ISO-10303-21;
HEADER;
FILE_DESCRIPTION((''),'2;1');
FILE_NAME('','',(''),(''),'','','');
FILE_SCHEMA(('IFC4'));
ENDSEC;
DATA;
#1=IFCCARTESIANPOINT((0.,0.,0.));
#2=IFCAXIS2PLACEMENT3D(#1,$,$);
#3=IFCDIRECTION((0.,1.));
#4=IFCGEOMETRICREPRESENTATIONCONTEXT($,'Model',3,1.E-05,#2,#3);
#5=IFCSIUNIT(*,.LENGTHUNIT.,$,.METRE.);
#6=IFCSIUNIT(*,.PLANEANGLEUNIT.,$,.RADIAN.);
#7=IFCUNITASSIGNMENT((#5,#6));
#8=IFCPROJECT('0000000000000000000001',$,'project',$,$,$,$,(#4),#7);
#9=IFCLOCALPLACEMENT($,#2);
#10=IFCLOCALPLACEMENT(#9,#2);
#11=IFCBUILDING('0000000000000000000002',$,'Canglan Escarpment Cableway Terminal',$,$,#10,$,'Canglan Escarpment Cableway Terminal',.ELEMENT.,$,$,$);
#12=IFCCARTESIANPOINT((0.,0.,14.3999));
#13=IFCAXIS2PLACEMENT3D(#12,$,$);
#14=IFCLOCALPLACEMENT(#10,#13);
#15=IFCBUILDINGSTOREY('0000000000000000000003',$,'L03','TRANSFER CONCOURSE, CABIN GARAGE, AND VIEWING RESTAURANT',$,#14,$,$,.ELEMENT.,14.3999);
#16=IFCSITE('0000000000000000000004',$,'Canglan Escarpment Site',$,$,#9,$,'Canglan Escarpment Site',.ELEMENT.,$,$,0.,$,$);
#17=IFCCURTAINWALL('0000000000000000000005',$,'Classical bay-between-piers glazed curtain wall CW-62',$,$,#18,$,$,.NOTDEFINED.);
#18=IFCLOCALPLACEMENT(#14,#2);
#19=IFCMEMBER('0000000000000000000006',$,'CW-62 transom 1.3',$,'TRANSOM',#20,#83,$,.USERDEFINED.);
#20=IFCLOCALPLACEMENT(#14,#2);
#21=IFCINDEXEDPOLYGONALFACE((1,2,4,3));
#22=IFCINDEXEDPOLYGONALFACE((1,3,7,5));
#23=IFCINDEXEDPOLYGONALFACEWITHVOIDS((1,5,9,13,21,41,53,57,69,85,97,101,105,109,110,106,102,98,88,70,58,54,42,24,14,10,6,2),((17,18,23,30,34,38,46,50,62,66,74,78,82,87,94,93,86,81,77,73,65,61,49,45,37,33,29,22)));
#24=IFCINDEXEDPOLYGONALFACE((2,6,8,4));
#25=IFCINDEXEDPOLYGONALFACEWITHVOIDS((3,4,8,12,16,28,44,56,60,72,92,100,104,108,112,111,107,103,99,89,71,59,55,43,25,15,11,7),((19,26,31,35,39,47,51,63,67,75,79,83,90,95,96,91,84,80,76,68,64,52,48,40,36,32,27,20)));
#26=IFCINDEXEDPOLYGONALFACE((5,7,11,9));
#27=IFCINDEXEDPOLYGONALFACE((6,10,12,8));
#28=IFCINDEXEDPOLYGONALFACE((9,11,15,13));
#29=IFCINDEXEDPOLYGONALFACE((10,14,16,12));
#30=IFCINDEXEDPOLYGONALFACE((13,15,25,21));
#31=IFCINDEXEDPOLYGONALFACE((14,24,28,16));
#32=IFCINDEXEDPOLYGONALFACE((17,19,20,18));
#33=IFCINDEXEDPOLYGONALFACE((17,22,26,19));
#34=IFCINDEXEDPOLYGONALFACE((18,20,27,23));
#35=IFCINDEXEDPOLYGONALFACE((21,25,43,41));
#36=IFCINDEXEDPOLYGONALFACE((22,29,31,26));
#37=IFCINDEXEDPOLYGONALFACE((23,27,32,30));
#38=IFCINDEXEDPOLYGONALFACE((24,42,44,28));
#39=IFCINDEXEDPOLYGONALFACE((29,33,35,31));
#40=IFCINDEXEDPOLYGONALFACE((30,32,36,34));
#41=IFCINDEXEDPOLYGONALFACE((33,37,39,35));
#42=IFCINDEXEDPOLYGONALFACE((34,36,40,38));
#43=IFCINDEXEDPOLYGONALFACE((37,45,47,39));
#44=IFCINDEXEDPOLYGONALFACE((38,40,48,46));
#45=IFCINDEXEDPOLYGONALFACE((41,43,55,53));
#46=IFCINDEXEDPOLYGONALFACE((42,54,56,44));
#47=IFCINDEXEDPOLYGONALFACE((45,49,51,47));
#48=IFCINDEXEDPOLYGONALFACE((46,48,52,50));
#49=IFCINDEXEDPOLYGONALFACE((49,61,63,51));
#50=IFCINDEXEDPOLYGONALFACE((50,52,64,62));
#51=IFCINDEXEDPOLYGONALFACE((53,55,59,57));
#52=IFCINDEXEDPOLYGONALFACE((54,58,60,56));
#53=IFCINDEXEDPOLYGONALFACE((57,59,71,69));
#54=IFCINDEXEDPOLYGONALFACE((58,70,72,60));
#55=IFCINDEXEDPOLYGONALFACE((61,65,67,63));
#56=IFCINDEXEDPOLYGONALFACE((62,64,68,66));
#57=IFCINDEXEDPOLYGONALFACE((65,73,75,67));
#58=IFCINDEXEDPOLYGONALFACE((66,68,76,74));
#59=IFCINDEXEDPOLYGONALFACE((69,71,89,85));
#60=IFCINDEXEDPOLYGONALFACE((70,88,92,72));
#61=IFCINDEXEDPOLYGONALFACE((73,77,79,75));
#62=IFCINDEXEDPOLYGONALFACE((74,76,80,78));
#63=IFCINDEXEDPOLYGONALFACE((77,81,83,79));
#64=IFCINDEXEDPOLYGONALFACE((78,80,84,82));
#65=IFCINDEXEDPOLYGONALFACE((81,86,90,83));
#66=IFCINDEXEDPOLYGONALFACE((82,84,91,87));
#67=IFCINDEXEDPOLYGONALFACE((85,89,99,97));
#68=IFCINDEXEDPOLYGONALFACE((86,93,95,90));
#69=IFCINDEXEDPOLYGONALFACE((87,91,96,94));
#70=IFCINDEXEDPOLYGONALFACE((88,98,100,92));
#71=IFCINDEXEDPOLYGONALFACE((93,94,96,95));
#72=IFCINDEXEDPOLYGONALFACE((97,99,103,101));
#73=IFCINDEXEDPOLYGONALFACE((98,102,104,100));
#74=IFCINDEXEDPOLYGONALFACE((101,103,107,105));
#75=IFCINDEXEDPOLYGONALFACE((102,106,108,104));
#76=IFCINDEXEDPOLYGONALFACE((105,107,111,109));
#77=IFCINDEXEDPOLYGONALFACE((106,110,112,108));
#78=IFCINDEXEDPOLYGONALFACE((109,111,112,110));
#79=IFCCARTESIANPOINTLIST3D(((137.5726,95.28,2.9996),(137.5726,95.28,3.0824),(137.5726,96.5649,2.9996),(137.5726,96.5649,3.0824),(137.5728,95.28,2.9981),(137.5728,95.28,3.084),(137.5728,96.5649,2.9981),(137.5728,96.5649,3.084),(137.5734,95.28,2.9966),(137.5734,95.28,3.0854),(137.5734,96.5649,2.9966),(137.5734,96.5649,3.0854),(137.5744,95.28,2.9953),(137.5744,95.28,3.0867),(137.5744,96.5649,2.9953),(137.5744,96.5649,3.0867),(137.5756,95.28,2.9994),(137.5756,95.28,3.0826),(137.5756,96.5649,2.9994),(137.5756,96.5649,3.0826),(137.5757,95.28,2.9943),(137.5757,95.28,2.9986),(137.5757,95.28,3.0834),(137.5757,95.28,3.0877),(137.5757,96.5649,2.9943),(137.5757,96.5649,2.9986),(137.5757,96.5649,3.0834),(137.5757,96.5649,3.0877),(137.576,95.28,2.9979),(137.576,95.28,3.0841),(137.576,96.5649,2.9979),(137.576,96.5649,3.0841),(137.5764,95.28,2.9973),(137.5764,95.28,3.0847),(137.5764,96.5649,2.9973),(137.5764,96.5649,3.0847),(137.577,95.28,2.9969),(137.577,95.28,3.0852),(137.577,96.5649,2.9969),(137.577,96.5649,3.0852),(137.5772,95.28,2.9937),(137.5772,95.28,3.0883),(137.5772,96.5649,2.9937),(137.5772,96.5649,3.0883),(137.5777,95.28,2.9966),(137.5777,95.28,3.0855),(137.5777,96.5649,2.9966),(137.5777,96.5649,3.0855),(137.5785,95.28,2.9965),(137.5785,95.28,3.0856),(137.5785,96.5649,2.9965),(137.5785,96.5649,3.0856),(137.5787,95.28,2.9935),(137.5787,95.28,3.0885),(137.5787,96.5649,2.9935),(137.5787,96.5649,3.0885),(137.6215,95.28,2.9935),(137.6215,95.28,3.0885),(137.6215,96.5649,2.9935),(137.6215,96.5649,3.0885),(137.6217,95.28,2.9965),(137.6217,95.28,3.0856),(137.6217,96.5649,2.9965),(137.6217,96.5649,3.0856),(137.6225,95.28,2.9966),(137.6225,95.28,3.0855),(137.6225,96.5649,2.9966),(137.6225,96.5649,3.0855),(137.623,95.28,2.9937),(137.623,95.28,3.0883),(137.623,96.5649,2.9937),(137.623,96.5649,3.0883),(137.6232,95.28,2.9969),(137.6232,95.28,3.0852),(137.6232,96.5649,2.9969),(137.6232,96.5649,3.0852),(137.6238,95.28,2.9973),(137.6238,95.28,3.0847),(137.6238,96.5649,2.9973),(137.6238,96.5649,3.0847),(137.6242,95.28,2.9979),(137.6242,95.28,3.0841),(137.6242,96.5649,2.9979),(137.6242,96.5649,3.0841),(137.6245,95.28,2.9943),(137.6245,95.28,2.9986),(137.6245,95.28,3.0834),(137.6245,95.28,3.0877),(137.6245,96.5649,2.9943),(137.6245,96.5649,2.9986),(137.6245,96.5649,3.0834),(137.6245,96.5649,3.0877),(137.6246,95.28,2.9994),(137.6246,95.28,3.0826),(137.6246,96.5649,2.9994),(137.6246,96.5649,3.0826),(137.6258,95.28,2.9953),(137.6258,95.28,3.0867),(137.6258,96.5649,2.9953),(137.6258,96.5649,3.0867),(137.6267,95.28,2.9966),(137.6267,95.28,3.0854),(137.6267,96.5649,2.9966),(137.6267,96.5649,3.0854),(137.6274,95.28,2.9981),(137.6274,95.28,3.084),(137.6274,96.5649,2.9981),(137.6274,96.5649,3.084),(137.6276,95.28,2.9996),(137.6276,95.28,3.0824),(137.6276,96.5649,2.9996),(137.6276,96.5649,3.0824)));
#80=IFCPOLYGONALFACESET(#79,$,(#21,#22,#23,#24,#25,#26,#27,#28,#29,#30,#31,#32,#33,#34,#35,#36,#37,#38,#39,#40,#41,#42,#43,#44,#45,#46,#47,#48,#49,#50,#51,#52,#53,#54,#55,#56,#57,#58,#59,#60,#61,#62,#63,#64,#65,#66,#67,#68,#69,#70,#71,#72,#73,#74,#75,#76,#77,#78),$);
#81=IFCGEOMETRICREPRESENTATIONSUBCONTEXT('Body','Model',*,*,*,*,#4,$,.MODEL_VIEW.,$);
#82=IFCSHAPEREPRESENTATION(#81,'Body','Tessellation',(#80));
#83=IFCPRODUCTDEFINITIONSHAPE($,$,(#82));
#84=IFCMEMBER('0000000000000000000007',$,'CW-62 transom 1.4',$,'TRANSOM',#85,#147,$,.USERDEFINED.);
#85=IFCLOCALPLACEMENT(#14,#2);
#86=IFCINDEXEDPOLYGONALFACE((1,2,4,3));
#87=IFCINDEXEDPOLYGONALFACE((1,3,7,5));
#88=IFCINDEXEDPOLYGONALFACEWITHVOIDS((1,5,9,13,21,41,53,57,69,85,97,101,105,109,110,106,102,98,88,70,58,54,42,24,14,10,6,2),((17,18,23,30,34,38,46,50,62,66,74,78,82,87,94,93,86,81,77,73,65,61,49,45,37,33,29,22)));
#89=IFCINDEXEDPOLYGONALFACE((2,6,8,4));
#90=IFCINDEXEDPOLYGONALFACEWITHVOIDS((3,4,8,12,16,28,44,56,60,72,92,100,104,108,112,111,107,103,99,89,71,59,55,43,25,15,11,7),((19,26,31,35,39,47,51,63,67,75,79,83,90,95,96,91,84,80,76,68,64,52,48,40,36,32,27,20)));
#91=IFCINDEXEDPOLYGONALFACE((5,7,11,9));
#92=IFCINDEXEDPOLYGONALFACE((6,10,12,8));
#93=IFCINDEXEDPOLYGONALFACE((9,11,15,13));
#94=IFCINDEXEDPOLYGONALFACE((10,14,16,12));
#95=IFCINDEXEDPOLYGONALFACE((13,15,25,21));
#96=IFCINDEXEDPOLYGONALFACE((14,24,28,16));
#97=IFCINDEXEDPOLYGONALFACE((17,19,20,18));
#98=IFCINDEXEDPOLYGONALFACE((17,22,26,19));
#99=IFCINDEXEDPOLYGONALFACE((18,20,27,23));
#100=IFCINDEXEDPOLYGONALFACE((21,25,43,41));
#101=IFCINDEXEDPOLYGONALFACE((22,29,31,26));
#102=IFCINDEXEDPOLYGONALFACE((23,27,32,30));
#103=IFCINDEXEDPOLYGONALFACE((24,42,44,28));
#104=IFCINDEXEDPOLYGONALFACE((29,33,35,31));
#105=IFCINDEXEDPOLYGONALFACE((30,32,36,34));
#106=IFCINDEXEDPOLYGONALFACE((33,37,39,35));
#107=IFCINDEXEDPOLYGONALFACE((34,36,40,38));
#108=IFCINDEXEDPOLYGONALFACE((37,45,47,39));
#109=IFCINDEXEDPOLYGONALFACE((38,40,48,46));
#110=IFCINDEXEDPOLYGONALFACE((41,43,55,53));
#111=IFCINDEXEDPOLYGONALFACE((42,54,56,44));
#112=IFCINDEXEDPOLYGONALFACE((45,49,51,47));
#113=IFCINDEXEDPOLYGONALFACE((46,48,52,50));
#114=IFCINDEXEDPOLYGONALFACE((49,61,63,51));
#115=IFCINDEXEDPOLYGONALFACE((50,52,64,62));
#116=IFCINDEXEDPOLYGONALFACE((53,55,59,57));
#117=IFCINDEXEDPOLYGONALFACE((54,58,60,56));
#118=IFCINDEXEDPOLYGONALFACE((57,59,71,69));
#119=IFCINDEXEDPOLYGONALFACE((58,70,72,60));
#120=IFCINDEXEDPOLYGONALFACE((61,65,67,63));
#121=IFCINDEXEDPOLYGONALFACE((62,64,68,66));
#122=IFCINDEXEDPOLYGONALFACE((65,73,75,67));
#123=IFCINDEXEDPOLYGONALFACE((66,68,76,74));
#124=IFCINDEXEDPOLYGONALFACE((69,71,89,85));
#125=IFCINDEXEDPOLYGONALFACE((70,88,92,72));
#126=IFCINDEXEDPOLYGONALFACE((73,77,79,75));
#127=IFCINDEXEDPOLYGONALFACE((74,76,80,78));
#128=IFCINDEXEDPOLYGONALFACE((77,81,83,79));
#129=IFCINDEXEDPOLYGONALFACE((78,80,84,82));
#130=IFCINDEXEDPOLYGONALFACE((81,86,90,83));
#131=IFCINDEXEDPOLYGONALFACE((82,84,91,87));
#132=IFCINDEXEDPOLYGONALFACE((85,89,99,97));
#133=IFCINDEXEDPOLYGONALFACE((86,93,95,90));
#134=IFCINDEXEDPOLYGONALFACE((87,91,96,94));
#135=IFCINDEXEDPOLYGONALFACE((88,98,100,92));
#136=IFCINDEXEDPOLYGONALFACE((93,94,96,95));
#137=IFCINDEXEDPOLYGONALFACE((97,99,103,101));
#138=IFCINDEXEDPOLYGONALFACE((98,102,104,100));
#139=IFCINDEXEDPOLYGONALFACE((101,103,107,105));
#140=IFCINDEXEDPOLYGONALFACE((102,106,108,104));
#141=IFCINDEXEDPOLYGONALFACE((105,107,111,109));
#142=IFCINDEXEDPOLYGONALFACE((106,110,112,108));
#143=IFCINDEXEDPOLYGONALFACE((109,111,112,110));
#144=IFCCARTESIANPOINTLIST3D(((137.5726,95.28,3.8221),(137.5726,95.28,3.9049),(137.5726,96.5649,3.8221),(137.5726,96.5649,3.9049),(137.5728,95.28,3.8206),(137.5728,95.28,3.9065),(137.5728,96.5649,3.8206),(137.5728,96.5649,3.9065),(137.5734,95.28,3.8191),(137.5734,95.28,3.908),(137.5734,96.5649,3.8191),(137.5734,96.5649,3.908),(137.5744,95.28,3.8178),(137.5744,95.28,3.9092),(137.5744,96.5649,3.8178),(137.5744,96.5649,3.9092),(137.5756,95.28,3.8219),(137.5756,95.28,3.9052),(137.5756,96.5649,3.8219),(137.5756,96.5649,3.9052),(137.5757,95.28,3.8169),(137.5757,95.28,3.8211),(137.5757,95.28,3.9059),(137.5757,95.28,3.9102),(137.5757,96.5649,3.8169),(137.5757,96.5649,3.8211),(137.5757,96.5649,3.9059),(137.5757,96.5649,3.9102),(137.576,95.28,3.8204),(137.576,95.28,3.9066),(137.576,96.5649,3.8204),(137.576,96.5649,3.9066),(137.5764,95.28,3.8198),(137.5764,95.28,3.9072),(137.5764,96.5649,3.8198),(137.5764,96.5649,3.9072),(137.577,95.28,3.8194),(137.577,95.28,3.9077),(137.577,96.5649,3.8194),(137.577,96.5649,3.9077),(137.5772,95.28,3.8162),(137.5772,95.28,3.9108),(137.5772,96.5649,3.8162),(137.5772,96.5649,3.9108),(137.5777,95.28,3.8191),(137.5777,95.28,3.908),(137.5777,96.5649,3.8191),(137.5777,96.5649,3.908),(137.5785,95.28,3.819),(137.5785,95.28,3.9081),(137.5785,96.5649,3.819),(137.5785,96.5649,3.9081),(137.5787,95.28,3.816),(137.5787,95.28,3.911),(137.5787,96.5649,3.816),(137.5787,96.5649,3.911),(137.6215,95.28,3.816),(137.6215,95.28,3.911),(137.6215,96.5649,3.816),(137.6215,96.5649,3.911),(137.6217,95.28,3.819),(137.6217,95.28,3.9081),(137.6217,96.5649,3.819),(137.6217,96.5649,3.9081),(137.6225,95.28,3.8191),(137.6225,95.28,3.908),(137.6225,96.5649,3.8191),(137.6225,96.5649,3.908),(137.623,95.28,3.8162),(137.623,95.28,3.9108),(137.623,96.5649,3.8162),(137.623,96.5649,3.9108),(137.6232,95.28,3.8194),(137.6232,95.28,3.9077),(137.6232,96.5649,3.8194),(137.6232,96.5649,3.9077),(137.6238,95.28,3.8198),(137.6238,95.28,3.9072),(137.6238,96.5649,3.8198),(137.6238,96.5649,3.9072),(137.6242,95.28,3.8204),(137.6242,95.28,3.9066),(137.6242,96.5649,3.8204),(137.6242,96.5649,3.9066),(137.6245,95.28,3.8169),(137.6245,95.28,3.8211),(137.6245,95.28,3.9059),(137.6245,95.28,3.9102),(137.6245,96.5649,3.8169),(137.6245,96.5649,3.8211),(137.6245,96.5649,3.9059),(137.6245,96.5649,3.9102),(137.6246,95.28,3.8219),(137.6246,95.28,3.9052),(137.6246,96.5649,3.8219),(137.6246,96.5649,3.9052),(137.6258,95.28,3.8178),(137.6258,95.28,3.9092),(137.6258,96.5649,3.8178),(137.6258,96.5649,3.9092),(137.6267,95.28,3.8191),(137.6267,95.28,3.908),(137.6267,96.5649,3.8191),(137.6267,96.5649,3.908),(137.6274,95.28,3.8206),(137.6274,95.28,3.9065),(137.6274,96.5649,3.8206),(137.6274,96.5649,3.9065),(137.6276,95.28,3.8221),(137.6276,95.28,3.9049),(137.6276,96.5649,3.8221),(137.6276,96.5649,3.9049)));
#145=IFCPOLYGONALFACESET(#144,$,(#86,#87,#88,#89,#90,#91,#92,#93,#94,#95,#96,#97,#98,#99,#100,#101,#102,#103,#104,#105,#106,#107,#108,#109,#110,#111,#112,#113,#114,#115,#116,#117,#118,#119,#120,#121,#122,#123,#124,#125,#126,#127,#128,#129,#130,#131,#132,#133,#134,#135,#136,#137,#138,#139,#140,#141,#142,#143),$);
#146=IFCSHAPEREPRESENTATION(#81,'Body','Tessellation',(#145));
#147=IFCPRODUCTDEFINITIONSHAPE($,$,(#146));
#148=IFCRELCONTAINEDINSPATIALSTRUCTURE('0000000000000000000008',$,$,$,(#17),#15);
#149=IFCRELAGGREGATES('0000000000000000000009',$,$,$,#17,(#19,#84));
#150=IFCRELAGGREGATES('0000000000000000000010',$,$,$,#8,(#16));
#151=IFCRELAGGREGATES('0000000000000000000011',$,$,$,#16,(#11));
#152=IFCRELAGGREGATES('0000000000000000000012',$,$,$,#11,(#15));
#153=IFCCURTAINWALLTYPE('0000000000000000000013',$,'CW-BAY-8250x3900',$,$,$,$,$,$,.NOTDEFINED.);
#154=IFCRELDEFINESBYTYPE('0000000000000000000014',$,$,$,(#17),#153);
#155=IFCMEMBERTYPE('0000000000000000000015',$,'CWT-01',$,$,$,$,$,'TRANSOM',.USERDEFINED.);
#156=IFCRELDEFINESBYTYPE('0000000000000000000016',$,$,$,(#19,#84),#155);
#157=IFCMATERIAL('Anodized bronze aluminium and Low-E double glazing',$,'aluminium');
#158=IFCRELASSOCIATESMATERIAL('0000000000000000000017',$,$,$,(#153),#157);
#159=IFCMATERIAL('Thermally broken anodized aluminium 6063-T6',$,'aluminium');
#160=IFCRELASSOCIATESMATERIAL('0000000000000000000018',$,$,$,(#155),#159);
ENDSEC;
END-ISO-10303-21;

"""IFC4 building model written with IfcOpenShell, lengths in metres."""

from ifc_helpers import new_model, si_unit, direction, frame, origin, origin_2d, place, context, subcontext, project, spatial, hollow_rectangle, extrude, material, material_profile, profile_set, type_object, element, aggregate, save


model = new_model("IFC4")

# Units and contexts
model_context = context("Model", 3, precision=1e-05, world=origin(), true_north=direction((0.0, 1.0)))
body_context = subcontext(model_context, "Body", "Model", "MODEL_VIEW")
ifc_project = project(units=[si_unit("LENGTHUNIT", "METRE"), si_unit("PLANEANGLEUNIT", "RADIAN")], contexts=[model_context])

# Site, building, storey
site_placement = place(None, origin())
site = spatial("IfcSite", under=ifc_project, at=site_placement, Name="Canglan Escarpment Site", LongName="Canglan Escarpment Site", CompositionType="ELEMENT", RefElevation=0.0)
building_placement = place(site_placement, origin())
building = spatial("IfcBuilding", under=site, at=building_placement, Name="Canglan Escarpment Cableway Terminal", LongName="Canglan Escarpment Cableway Terminal", CompositionType="ELEMENT")
storey_placement = place(building_placement, frame((0.0, 0.0, 14.3999)))
storey = spatial("IfcBuildingStorey", under=building, at=storey_placement, Name="L03", Description="TRANSFER CONCOURSE, CABIN GARAGE, AND VIEWING RESTAURANT", CompositionType="ELEMENT", Elevation=14.3999)

# Curtain wall
ifc_material_1 = material(Name="Anodized bronze aluminium and Low-E double glazing", Category="aluminium")
curtain_wall_type = type_object("IfcCurtainWallType", Name="CW-BAY-8250x3900", PredefinedType="NOTDEFINED", material=ifc_material_1)
curtain_wall_1_placement = place(storey_placement, origin())
curtain_wall_1 = element("IfcCurtainWall", 1, at=curtain_wall_1_placement, inside=storey, type_object=curtain_wall_type, Name="Classical bay-between-piers glazed curtain wall CW-62", PredefinedType="NOTDEFINED")
ifc_material_2 = material(Name="Thermally broken anodized aluminium 6063-T6", Category="aluminium")

# Members
ifc_material_profile_1 = material_profile(ifc_material_2, hollow_rectangle(XDim=0.0549, YDim=0.095, WallThickness=0.0029, InnerFilletRadius=0.0029, OuterFilletRadius=0.0061, at=origin_2d()), Name="ALU-TRAN 55x95x3")
ifc_profile_set_1 = profile_set([ifc_material_profile_1], Name="Thermally broken anodized aluminium 6063-T6")
member_type_1 = type_object("IfcMemberType", Name="CWT-01", ElementType="TRANSOM", PredefinedType="USERDEFINED", material=ifc_profile_set_1)
member_1_placement = place(storey_placement, frame((137.6001, 96.5649, 3.041), z_axis=(0.0, -1.0, 0.0), x_axis=(1.0, 0.0, 0.0)))
member_1 = element("IfcMember", 2, at=member_1_placement, type_object=member_type_1, Name="CW-62 transom 1.3", ObjectType="TRANSOM", PredefinedType="USERDEFINED", context=body_context, shape_type="SweptSolid", body=[
    extrude(hollow_rectangle(XDim=0.0549, YDim=0.095, WallThickness=0.0029, InnerFilletRadius=0.0029, OuterFilletRadius=0.0061, at=origin_2d()), origin(), (0.0, 0.0, 1.0), 1.2849),
])
member_2_placement = place(storey_placement, frame((137.6001, 96.5649, 3.8635), z_axis=(0.0, -1.0, 0.0), x_axis=(1.0, 0.0, 0.0)))
member_2 = element("IfcMember", 3, at=member_2_placement, type_object=member_type_1, Name="CW-62 transom 1.4", ObjectType="TRANSOM", PredefinedType="USERDEFINED", context=body_context, shape_type="SweptSolid", body=[
    extrude(hollow_rectangle(XDim=0.0549, YDim=0.095, WallThickness=0.0029, InnerFilletRadius=0.0029, OuterFilletRadius=0.0061, at=origin_2d()), origin(), (0.0, 0.0, 1.0), 1.2849),
])

aggregate(curtain_wall_1, [member_1, member_2])

save(model, "model.ifc")
